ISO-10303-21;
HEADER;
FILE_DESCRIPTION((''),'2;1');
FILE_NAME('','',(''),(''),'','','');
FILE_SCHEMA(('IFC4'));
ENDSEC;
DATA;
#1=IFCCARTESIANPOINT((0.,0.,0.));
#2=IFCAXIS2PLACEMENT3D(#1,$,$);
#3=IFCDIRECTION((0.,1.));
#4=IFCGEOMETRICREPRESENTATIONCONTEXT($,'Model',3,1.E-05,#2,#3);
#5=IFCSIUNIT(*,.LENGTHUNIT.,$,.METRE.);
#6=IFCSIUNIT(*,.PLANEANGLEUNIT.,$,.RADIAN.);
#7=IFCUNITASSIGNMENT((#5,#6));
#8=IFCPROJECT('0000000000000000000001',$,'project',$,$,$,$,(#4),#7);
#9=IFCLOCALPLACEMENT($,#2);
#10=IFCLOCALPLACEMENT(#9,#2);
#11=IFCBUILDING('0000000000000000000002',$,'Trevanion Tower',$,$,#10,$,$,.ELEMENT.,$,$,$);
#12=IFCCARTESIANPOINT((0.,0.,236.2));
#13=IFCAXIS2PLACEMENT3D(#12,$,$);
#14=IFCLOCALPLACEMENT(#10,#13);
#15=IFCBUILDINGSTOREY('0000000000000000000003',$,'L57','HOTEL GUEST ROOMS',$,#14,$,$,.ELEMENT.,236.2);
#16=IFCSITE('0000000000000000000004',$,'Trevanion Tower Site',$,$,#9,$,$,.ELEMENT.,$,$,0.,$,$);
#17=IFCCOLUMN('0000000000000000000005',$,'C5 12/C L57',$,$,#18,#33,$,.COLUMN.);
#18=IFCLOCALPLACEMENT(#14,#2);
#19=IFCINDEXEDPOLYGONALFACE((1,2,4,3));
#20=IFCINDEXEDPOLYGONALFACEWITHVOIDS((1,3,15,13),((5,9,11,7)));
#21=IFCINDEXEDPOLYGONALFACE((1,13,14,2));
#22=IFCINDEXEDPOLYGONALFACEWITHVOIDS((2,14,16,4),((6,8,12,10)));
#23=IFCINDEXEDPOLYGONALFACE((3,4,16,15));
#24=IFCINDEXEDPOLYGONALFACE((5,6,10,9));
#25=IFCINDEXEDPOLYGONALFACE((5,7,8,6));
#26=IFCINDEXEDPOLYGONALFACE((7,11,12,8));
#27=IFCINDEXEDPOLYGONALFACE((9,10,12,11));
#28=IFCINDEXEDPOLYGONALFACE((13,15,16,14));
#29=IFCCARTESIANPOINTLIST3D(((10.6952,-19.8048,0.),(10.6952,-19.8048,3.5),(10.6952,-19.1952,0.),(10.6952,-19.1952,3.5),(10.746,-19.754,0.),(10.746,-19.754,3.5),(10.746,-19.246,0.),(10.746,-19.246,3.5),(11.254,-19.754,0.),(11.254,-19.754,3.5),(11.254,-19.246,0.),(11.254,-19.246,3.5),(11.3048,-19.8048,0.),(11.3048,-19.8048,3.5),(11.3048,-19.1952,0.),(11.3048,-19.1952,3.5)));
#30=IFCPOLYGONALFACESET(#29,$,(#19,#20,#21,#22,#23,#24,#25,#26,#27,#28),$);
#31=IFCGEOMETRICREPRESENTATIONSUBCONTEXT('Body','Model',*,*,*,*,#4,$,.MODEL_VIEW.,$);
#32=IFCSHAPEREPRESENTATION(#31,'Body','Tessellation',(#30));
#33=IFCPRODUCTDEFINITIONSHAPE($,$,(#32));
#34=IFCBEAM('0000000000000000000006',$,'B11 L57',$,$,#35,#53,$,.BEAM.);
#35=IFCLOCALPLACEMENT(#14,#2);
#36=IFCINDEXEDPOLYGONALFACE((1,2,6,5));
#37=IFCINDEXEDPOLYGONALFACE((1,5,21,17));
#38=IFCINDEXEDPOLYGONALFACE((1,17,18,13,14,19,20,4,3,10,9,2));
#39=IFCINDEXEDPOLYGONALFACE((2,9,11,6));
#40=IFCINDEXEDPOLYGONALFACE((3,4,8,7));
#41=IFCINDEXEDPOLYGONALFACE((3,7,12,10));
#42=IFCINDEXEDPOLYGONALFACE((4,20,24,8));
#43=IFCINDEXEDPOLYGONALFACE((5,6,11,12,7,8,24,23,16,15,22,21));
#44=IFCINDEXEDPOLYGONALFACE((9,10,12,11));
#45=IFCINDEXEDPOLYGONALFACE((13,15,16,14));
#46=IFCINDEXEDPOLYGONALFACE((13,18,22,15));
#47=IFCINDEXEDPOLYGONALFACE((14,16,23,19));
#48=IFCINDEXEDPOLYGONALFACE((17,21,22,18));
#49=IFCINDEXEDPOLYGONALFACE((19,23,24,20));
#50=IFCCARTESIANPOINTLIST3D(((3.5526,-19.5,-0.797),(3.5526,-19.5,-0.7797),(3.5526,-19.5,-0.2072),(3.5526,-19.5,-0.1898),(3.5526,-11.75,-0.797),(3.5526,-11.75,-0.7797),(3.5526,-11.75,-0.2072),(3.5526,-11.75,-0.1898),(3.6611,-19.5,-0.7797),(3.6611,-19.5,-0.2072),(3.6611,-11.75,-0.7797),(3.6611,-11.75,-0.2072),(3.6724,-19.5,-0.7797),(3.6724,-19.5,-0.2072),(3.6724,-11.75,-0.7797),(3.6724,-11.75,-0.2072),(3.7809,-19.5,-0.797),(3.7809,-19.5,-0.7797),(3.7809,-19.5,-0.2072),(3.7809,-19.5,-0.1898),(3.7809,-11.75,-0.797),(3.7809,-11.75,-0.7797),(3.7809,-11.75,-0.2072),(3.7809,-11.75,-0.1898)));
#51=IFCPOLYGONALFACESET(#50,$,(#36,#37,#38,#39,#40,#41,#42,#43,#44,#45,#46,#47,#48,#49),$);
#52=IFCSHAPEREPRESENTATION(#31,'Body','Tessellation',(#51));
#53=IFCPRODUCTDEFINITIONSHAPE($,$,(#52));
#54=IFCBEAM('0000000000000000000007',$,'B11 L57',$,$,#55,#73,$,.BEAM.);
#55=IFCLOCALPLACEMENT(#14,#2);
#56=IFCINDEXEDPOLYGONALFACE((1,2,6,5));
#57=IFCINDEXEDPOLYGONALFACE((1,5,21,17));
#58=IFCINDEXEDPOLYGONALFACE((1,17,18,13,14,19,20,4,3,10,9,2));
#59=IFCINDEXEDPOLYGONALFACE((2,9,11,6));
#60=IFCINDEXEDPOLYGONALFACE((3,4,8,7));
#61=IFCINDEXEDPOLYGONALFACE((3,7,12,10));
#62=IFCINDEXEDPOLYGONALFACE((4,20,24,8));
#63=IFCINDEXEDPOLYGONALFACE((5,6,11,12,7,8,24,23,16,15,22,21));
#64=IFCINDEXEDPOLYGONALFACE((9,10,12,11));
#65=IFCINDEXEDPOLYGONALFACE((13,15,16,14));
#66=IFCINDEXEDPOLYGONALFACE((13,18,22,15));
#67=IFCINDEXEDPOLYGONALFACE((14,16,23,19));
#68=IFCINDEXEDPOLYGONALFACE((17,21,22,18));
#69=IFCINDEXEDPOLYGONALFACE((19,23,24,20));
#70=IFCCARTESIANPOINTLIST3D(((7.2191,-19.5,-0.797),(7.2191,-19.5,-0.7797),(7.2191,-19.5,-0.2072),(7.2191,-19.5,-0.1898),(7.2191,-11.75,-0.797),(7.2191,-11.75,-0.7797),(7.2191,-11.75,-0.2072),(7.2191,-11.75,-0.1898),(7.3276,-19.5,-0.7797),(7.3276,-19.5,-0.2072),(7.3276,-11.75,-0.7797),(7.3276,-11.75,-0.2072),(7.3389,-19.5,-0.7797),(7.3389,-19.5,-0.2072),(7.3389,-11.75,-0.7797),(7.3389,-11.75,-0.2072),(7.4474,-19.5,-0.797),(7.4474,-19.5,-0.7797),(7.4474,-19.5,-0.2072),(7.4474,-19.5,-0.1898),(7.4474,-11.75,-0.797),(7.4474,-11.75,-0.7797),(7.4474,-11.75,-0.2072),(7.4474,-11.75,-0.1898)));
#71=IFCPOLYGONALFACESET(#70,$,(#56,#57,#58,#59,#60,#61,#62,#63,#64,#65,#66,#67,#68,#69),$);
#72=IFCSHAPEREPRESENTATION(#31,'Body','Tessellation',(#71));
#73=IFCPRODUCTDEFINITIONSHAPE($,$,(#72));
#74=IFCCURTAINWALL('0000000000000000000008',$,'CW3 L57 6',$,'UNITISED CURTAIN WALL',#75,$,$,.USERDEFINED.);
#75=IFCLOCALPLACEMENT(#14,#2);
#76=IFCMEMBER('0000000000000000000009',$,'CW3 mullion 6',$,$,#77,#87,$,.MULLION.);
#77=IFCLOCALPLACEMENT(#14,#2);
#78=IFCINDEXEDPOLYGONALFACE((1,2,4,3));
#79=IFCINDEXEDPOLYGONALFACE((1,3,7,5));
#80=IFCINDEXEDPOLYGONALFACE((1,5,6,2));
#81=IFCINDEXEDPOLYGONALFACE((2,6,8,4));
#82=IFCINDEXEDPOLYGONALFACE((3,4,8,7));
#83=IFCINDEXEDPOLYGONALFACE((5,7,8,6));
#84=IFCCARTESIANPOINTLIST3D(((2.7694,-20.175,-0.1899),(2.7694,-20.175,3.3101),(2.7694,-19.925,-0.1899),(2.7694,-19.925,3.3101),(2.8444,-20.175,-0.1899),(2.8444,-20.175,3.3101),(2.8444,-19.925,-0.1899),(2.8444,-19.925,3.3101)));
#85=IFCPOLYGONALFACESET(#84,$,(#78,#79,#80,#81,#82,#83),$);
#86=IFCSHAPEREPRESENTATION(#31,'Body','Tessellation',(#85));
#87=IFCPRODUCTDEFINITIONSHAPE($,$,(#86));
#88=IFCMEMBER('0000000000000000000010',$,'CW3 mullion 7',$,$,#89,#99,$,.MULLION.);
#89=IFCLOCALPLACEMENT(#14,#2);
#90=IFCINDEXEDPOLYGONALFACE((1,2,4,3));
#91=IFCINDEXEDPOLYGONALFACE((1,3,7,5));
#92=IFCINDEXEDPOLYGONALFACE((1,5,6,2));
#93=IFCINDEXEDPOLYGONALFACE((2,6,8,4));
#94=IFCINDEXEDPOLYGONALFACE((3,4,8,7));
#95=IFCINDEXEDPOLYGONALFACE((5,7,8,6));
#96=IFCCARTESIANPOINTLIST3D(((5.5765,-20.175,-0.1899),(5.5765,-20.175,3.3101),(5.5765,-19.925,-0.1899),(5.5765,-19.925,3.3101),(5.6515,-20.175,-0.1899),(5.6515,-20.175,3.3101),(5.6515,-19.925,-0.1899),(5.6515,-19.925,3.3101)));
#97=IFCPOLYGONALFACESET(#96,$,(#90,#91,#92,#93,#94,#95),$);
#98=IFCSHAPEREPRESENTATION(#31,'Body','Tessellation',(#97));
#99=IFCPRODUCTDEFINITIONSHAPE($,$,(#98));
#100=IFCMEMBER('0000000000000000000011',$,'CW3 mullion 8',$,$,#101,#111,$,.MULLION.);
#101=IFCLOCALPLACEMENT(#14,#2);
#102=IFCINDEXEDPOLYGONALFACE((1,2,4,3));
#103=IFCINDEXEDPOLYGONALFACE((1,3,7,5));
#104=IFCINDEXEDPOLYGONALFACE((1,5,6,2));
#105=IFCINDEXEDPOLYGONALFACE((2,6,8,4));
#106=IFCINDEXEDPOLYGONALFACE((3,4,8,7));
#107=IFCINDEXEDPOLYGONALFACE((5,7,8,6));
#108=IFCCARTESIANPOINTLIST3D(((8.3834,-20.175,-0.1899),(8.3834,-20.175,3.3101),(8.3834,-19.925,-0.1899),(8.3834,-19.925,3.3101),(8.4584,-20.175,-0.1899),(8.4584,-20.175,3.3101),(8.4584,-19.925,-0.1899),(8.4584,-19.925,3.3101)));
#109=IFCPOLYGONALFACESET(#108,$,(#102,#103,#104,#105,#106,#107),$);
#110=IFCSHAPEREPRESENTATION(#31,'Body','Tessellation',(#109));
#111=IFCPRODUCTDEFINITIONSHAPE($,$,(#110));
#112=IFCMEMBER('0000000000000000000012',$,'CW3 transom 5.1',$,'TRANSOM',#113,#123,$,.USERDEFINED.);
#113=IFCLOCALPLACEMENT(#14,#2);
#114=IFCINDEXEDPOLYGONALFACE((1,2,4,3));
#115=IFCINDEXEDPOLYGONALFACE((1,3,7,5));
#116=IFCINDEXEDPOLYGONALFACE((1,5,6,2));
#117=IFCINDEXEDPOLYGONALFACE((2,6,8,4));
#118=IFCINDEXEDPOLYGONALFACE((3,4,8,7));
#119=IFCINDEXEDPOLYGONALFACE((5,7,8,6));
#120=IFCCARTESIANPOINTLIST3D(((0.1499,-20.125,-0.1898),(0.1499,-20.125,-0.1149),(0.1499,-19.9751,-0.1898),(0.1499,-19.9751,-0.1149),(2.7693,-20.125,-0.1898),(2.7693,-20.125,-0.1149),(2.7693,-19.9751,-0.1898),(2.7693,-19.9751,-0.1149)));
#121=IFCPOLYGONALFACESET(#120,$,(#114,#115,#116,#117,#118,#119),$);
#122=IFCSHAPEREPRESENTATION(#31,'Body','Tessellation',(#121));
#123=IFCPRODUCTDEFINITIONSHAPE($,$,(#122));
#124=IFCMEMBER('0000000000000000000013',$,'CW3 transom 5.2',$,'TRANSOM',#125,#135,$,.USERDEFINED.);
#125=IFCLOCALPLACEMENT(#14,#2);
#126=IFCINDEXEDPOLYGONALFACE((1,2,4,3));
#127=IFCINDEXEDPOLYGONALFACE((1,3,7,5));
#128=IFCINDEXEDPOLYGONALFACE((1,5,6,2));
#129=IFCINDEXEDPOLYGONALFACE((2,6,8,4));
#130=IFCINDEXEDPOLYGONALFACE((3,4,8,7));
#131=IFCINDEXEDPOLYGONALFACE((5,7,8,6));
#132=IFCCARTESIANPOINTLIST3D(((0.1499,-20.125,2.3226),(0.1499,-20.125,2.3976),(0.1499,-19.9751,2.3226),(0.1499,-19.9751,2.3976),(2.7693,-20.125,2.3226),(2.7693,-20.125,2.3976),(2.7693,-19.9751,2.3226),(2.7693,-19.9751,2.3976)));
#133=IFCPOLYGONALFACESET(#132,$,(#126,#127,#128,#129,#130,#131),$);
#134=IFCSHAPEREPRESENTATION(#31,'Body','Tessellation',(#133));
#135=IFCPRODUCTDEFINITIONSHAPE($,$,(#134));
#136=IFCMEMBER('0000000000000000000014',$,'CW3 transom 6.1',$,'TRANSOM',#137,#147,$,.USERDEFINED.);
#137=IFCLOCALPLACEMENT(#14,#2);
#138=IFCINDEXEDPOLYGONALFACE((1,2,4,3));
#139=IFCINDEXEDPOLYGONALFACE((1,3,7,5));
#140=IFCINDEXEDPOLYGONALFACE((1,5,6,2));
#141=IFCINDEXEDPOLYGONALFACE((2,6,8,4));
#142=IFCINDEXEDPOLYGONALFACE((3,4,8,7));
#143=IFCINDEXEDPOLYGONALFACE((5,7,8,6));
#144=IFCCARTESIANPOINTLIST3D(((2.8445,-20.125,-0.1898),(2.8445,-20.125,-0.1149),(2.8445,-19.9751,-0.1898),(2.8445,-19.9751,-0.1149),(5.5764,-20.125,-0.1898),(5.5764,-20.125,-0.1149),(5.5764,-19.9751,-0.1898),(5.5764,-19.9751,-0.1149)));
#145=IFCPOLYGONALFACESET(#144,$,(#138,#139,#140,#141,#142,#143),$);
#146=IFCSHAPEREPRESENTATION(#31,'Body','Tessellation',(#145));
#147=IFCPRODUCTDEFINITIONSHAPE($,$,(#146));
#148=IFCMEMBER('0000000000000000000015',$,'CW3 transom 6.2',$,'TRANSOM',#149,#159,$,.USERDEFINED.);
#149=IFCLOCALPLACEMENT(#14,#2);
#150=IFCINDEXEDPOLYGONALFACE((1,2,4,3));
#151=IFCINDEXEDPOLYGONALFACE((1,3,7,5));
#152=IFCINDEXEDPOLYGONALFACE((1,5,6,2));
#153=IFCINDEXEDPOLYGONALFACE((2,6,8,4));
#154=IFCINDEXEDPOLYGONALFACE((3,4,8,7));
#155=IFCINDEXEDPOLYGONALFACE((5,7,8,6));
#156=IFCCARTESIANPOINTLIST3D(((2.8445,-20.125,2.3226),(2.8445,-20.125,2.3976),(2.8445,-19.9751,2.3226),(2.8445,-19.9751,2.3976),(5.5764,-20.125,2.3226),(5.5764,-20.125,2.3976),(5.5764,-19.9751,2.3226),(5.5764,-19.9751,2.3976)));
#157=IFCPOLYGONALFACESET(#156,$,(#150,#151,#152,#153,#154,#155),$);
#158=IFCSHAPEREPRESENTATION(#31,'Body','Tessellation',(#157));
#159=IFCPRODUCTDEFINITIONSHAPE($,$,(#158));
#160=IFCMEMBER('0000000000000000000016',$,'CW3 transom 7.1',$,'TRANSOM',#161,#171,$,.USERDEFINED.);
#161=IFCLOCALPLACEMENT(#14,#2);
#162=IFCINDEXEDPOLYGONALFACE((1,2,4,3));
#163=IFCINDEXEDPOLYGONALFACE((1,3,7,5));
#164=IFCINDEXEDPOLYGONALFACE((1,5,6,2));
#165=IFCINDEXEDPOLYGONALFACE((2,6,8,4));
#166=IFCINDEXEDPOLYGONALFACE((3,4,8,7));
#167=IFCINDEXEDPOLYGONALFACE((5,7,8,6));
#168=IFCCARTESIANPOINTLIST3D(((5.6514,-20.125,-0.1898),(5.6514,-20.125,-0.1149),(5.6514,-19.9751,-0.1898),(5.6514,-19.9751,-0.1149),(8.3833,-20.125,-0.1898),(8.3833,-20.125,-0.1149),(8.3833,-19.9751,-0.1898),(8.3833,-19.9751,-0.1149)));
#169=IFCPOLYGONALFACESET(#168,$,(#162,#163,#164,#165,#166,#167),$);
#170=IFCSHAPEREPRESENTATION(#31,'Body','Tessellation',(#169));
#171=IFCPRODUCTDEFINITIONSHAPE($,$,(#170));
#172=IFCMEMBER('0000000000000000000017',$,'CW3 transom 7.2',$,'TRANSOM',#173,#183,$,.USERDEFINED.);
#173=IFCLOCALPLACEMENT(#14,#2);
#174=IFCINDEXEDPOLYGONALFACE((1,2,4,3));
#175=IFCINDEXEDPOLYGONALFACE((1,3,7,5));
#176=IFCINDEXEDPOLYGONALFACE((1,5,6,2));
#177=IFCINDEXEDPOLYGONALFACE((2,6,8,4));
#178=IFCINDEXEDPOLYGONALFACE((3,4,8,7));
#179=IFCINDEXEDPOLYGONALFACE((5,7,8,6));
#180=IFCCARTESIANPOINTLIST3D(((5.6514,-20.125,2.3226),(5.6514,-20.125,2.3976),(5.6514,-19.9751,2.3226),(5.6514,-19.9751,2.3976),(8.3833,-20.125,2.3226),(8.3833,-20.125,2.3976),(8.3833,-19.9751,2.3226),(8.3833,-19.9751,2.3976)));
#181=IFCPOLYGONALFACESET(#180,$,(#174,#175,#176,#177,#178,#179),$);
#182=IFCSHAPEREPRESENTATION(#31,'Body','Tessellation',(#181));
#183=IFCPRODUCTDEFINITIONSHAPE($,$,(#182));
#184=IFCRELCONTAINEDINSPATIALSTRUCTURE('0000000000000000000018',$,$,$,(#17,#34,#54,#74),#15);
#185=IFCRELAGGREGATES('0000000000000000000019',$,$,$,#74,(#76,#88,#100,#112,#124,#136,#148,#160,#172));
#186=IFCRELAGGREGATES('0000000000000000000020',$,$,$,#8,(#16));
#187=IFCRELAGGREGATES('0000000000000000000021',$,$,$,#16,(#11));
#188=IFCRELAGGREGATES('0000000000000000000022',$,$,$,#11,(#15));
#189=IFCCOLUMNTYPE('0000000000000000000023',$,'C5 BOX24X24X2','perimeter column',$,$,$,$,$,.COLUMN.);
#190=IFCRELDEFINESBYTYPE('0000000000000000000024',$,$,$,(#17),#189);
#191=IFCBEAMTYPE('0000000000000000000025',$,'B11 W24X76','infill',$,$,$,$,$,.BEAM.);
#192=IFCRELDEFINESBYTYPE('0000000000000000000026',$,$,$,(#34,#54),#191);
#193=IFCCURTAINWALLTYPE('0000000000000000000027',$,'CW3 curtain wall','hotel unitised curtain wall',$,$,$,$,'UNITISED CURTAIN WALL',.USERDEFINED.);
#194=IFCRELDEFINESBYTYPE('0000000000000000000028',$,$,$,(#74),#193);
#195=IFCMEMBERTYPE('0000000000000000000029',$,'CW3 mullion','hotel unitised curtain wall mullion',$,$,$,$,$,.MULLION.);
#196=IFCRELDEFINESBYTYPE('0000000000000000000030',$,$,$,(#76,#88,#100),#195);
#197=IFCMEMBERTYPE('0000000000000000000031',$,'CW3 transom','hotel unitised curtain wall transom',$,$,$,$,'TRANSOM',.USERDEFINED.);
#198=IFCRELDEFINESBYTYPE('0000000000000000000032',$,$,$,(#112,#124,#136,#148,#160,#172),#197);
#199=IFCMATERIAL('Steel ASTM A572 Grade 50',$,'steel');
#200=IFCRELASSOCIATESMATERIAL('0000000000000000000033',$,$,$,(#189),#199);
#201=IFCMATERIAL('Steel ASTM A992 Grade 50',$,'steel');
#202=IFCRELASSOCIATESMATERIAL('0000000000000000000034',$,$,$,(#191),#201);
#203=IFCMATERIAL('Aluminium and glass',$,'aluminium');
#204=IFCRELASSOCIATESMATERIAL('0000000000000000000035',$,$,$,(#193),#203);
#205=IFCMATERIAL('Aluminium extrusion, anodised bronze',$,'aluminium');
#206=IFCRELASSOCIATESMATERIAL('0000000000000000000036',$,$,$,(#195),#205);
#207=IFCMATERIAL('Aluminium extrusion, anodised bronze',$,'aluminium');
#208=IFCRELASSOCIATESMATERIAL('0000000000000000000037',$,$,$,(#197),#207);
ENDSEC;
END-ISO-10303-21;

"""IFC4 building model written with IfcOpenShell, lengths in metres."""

from ifc_helpers import new_model, si_unit, direction, frame, origin, origin_2d, place, context, subcontext, project, spatial, rectangle, hollow_rectangle, i_section, extrude, material, material_profile, profile_set, type_object, element, aggregate, save


model = new_model("IFC4")

# Units and contexts
model_context = context("Model", 3, precision=1e-05, world=origin(), true_north=direction((0.0, 1.0)))
body_context = subcontext(model_context, "Body", "Model", "MODEL_VIEW")
ifc_project = project(units=[si_unit("LENGTHUNIT", "METRE"), si_unit("PLANEANGLEUNIT", "RADIAN")], contexts=[model_context])

# Site, building, storey
site_placement = place(None, origin())
site = spatial("IfcSite", under=ifc_project, at=site_placement, Name="Trevanion Tower Site", CompositionType="ELEMENT", RefElevation=0.0)
building_placement = place(site_placement, origin())
building = spatial("IfcBuilding", under=site, at=building_placement, Name="Trevanion Tower", CompositionType="ELEMENT")
storey_placement = place(building_placement, frame((0.0, 0.0, 236.2)))
storey = spatial("IfcBuildingStorey", under=building, at=storey_placement, Name="L57", Description="HOTEL GUEST ROOMS", CompositionType="ELEMENT", Elevation=236.2)

# Column
ifc_material_1 = material(Name="Steel ASTM A572 Grade 50", Category="steel")
ifc_material_profile_1 = material_profile(ifc_material_1, hollow_rectangle(XDim=0.6096, YDim=0.6096, WallThickness=0.0508, at=origin_2d()), Name="BOX24X24X2")
ifc_profile_set_1 = profile_set([ifc_material_profile_1], Name="Steel ASTM A572 Grade 50")
column_type = type_object("IfcColumnType", Name="C5 BOX24X24X2", Description="perimeter column", PredefinedType="COLUMN", material=ifc_profile_set_1)
column_placement = place(storey_placement, frame((11.0, -19.5, 0.0), z_axis=(0.0, 0.0, 1.0), x_axis=(1.0, 0.0, 0.0)))
element("IfcColumn", 1, at=column_placement, inside=storey, type_object=column_type, Name="C5 12/C L57", PredefinedType="COLUMN", context=body_context, shape_type="SweptSolid", body=[
    extrude(hollow_rectangle(XDim=0.6096, YDim=0.6096, WallThickness=0.0508, at=origin_2d()), origin(), (0.0, 0.0, 1.0), 3.5),
])

# Beams
ifc_material_2 = material(Name="Steel ASTM A992 Grade 50", Category="steel")
ifc_material_profile_2 = material_profile(ifc_material_2, i_section(OverallWidth=0.2283, OverallDepth=0.6072, WebThickness=0.0112, FlangeThickness=0.0173, at=origin_2d()), Name="W24X76")
ifc_profile_set_2 = profile_set([ifc_material_profile_2], Name="Steel ASTM A992 Grade 50")
beam_type_1 = type_object("IfcBeamType", Name="B11 W24X76", Description="infill", PredefinedType="BEAM", material=ifc_profile_set_2)
for number, where, z_axis, x_axis, name in (
    (2, (3.6667, -11.75, -0.4934), (0.0, -1.0, 0.0), (1.0, 0.0, 0.0), "B11 L57"),
    (3, (7.3333, -11.75, -0.4934), (0.0, -1.0, 0.0), (1.0, 0.0, 0.0), "B11 L57"),
):
    element("IfcBeam", number, at=place(storey_placement, frame(where, z_axis=z_axis, x_axis=x_axis)), inside=storey, type_object=beam_type_1, Name=name, PredefinedType="BEAM", context=body_context, shape_type="SweptSolid", body=[
        extrude(i_section(OverallWidth=0.2283, OverallDepth=0.6072, WebThickness=0.0112, FlangeThickness=0.0173, at=origin_2d()), origin(), (0.0, 0.0, 1.0), 7.75),
    ])

# Curtain wall, members
ifc_material_3 = material(Name="Aluminium and glass", Category="aluminium")
curtain_wall_type = type_object("IfcCurtainWallType", Name="CW3 curtain wall", Description="hotel unitised curtain wall", ElementType="UNITISED CURTAIN WALL", PredefinedType="USERDEFINED", material=ifc_material_3)
curtain_wall_placement = place(storey_placement, origin())
curtain_wall = element("IfcCurtainWall", 4, at=curtain_wall_placement, inside=storey, type_object=curtain_wall_type, Name="CW3 L57 6", ObjectType="UNITISED CURTAIN WALL", PredefinedType="USERDEFINED")
ifc_material_4 = material(Name="Aluminium extrusion, anodised bronze", Category="aluminium")
ifc_material_profile_3 = material_profile(ifc_material_4, rectangle(XDim=0.075, YDim=0.25, at=origin_2d()), Name="CW3 mullion")
ifc_profile_set_3 = profile_set([ifc_material_profile_3], Name="Aluminium extrusion, anodised bronze")
member_type_1 = type_object("IfcMemberType", Name="CW3 mullion", Description="hotel unitised curtain wall mullion", PredefinedType="MULLION", material=ifc_profile_set_3)
member_1_placement = place(storey_placement, frame((2.8069, -20.05, -0.1899), z_axis=(0.0, 0.0, 1.0), x_axis=(1.0, 0.0, 0.0)))
member_1 = element("IfcMember", 5, at=member_1_placement, type_object=member_type_1, Name="CW3 mullion 6", PredefinedType="MULLION", context=body_context, shape_type="SweptSolid", body=[
    extrude(rectangle(XDim=0.075, YDim=0.25, at=origin_2d()), origin(), (0.0, 0.0, 1.0), 3.5),
])
member_2_placement = place(storey_placement, frame((5.614, -20.05, -0.1899), z_axis=(0.0, 0.0, 1.0), x_axis=(1.0, 0.0, 0.0)))
member_2 = element("IfcMember", 6, at=member_2_placement, type_object=member_type_1, Name="CW3 mullion 7", PredefinedType="MULLION", context=body_context, shape_type="SweptSolid", body=[
    extrude(rectangle(XDim=0.075, YDim=0.25, at=origin_2d()), origin(), (0.0, 0.0, 1.0), 3.5),
])
member_3_placement = place(storey_placement, frame((8.4209, -20.05, -0.1899), z_axis=(0.0, 0.0, 1.0), x_axis=(1.0, 0.0, 0.0)))
member_3 = element("IfcMember", 7, at=member_3_placement, type_object=member_type_1, Name="CW3 mullion 8", PredefinedType="MULLION", context=body_context, shape_type="SweptSolid", body=[
    extrude(rectangle(XDim=0.075, YDim=0.25, at=origin_2d()), origin(), (0.0, 0.0, 1.0), 3.5),
])
ifc_material_5 = material(Name="Aluminium extrusion, anodised bronze", Category="aluminium")
ifc_material_profile_4 = material_profile(ifc_material_5, rectangle(XDim=0.1499, YDim=0.075, at=origin_2d()), Name="CW3 transom")
ifc_profile_set_4 = profile_set([ifc_material_profile_4], Name="Aluminium extrusion, anodised bronze")
member_type_2 = type_object("IfcMemberType", Name="CW3 transom", Description="hotel unitised curtain wall transom", ElementType="TRANSOM", PredefinedType="USERDEFINED", material=ifc_profile_set_4)
member_4_placement = place(storey_placement, frame((0.1499, -20.05, -0.1523), z_axis=(1.0, 0.0, 0.0), x_axis=(0.0, 1.0, 0.0)))
member_4 = element("IfcMember", 8, at=member_4_placement, type_object=member_type_2, Name="CW3 transom 5.1", ObjectType="TRANSOM", PredefinedType="USERDEFINED", context=body_context, shape_type="SweptSolid", body=[
    extrude(rectangle(XDim=0.1499, YDim=0.075, at=origin_2d()), origin(), (0.0, 0.0, 1.0), 2.6194),
])
member_5_placement = place(storey_placement, frame((0.1499, -20.05, 2.3601), z_axis=(1.0, 0.0, 0.0), x_axis=(0.0, 1.0, 0.0)))
member_5 = element("IfcMember", 9, at=member_5_placement, type_object=member_type_2, Name="CW3 transom 5.2", ObjectType="TRANSOM", PredefinedType="USERDEFINED", context=body_context, shape_type="SweptSolid", body=[
    extrude(rectangle(XDim=0.1499, YDim=0.075, at=origin_2d()), origin(), (0.0, 0.0, 1.0), 2.6194),
])
member_6_placement = place(storey_placement, frame((2.8445, -20.05, -0.1523), z_axis=(1.0, 0.0, 0.0), x_axis=(0.0, 1.0, 0.0)))
member_6 = element("IfcMember", 10, at=member_6_placement, type_object=member_type_2, Name="CW3 transom 6.1", ObjectType="TRANSOM", PredefinedType="USERDEFINED", context=body_context, shape_type="SweptSolid", body=[
    extrude(rectangle(XDim=0.1499, YDim=0.075, at=origin_2d()), origin(), (0.0, 0.0, 1.0), 2.7319),
])
member_7_placement = place(storey_placement, frame((2.8445, -20.05, 2.3601), z_axis=(1.0, 0.0, 0.0), x_axis=(0.0, 1.0, 0.0)))
member_7 = element("IfcMember", 11, at=member_7_placement, type_object=member_type_2, Name="CW3 transom 6.2", ObjectType="TRANSOM", PredefinedType="USERDEFINED", context=body_context, shape_type="SweptSolid", body=[
    extrude(rectangle(XDim=0.1499, YDim=0.075, at=origin_2d()), origin(), (0.0, 0.0, 1.0), 2.7319),
])
member_8_placement = place(storey_placement, frame((5.6514, -20.05, -0.1523), z_axis=(1.0, 0.0, 0.0), x_axis=(0.0, 1.0, 0.0)))
member_8 = element("IfcMember", 12, at=member_8_placement, type_object=member_type_2, Name="CW3 transom 7.1", ObjectType="TRANSOM", PredefinedType="USERDEFINED", context=body_context, shape_type="SweptSolid", body=[
    extrude(rectangle(XDim=0.1499, YDim=0.075, at=origin_2d()), origin(), (0.0, 0.0, 1.0), 2.7319),
])
member_9_placement = place(storey_placement, frame((5.6514, -20.05, 2.3601), z_axis=(1.0, 0.0, 0.0), x_axis=(0.0, 1.0, 0.0)))
member_9 = element("IfcMember", 13, at=member_9_placement, type_object=member_type_2, Name="CW3 transom 7.2", ObjectType="TRANSOM", PredefinedType="USERDEFINED", context=body_context, shape_type="SweptSolid", body=[
    extrude(rectangle(XDim=0.1499, YDim=0.075, at=origin_2d()), origin(), (0.0, 0.0, 1.0), 2.7319),
])

aggregate(curtain_wall, [member_1, member_2, member_3, member_4, member_5, member_6, member_7, member_8, member_9])

save(model, "model.ifc")
